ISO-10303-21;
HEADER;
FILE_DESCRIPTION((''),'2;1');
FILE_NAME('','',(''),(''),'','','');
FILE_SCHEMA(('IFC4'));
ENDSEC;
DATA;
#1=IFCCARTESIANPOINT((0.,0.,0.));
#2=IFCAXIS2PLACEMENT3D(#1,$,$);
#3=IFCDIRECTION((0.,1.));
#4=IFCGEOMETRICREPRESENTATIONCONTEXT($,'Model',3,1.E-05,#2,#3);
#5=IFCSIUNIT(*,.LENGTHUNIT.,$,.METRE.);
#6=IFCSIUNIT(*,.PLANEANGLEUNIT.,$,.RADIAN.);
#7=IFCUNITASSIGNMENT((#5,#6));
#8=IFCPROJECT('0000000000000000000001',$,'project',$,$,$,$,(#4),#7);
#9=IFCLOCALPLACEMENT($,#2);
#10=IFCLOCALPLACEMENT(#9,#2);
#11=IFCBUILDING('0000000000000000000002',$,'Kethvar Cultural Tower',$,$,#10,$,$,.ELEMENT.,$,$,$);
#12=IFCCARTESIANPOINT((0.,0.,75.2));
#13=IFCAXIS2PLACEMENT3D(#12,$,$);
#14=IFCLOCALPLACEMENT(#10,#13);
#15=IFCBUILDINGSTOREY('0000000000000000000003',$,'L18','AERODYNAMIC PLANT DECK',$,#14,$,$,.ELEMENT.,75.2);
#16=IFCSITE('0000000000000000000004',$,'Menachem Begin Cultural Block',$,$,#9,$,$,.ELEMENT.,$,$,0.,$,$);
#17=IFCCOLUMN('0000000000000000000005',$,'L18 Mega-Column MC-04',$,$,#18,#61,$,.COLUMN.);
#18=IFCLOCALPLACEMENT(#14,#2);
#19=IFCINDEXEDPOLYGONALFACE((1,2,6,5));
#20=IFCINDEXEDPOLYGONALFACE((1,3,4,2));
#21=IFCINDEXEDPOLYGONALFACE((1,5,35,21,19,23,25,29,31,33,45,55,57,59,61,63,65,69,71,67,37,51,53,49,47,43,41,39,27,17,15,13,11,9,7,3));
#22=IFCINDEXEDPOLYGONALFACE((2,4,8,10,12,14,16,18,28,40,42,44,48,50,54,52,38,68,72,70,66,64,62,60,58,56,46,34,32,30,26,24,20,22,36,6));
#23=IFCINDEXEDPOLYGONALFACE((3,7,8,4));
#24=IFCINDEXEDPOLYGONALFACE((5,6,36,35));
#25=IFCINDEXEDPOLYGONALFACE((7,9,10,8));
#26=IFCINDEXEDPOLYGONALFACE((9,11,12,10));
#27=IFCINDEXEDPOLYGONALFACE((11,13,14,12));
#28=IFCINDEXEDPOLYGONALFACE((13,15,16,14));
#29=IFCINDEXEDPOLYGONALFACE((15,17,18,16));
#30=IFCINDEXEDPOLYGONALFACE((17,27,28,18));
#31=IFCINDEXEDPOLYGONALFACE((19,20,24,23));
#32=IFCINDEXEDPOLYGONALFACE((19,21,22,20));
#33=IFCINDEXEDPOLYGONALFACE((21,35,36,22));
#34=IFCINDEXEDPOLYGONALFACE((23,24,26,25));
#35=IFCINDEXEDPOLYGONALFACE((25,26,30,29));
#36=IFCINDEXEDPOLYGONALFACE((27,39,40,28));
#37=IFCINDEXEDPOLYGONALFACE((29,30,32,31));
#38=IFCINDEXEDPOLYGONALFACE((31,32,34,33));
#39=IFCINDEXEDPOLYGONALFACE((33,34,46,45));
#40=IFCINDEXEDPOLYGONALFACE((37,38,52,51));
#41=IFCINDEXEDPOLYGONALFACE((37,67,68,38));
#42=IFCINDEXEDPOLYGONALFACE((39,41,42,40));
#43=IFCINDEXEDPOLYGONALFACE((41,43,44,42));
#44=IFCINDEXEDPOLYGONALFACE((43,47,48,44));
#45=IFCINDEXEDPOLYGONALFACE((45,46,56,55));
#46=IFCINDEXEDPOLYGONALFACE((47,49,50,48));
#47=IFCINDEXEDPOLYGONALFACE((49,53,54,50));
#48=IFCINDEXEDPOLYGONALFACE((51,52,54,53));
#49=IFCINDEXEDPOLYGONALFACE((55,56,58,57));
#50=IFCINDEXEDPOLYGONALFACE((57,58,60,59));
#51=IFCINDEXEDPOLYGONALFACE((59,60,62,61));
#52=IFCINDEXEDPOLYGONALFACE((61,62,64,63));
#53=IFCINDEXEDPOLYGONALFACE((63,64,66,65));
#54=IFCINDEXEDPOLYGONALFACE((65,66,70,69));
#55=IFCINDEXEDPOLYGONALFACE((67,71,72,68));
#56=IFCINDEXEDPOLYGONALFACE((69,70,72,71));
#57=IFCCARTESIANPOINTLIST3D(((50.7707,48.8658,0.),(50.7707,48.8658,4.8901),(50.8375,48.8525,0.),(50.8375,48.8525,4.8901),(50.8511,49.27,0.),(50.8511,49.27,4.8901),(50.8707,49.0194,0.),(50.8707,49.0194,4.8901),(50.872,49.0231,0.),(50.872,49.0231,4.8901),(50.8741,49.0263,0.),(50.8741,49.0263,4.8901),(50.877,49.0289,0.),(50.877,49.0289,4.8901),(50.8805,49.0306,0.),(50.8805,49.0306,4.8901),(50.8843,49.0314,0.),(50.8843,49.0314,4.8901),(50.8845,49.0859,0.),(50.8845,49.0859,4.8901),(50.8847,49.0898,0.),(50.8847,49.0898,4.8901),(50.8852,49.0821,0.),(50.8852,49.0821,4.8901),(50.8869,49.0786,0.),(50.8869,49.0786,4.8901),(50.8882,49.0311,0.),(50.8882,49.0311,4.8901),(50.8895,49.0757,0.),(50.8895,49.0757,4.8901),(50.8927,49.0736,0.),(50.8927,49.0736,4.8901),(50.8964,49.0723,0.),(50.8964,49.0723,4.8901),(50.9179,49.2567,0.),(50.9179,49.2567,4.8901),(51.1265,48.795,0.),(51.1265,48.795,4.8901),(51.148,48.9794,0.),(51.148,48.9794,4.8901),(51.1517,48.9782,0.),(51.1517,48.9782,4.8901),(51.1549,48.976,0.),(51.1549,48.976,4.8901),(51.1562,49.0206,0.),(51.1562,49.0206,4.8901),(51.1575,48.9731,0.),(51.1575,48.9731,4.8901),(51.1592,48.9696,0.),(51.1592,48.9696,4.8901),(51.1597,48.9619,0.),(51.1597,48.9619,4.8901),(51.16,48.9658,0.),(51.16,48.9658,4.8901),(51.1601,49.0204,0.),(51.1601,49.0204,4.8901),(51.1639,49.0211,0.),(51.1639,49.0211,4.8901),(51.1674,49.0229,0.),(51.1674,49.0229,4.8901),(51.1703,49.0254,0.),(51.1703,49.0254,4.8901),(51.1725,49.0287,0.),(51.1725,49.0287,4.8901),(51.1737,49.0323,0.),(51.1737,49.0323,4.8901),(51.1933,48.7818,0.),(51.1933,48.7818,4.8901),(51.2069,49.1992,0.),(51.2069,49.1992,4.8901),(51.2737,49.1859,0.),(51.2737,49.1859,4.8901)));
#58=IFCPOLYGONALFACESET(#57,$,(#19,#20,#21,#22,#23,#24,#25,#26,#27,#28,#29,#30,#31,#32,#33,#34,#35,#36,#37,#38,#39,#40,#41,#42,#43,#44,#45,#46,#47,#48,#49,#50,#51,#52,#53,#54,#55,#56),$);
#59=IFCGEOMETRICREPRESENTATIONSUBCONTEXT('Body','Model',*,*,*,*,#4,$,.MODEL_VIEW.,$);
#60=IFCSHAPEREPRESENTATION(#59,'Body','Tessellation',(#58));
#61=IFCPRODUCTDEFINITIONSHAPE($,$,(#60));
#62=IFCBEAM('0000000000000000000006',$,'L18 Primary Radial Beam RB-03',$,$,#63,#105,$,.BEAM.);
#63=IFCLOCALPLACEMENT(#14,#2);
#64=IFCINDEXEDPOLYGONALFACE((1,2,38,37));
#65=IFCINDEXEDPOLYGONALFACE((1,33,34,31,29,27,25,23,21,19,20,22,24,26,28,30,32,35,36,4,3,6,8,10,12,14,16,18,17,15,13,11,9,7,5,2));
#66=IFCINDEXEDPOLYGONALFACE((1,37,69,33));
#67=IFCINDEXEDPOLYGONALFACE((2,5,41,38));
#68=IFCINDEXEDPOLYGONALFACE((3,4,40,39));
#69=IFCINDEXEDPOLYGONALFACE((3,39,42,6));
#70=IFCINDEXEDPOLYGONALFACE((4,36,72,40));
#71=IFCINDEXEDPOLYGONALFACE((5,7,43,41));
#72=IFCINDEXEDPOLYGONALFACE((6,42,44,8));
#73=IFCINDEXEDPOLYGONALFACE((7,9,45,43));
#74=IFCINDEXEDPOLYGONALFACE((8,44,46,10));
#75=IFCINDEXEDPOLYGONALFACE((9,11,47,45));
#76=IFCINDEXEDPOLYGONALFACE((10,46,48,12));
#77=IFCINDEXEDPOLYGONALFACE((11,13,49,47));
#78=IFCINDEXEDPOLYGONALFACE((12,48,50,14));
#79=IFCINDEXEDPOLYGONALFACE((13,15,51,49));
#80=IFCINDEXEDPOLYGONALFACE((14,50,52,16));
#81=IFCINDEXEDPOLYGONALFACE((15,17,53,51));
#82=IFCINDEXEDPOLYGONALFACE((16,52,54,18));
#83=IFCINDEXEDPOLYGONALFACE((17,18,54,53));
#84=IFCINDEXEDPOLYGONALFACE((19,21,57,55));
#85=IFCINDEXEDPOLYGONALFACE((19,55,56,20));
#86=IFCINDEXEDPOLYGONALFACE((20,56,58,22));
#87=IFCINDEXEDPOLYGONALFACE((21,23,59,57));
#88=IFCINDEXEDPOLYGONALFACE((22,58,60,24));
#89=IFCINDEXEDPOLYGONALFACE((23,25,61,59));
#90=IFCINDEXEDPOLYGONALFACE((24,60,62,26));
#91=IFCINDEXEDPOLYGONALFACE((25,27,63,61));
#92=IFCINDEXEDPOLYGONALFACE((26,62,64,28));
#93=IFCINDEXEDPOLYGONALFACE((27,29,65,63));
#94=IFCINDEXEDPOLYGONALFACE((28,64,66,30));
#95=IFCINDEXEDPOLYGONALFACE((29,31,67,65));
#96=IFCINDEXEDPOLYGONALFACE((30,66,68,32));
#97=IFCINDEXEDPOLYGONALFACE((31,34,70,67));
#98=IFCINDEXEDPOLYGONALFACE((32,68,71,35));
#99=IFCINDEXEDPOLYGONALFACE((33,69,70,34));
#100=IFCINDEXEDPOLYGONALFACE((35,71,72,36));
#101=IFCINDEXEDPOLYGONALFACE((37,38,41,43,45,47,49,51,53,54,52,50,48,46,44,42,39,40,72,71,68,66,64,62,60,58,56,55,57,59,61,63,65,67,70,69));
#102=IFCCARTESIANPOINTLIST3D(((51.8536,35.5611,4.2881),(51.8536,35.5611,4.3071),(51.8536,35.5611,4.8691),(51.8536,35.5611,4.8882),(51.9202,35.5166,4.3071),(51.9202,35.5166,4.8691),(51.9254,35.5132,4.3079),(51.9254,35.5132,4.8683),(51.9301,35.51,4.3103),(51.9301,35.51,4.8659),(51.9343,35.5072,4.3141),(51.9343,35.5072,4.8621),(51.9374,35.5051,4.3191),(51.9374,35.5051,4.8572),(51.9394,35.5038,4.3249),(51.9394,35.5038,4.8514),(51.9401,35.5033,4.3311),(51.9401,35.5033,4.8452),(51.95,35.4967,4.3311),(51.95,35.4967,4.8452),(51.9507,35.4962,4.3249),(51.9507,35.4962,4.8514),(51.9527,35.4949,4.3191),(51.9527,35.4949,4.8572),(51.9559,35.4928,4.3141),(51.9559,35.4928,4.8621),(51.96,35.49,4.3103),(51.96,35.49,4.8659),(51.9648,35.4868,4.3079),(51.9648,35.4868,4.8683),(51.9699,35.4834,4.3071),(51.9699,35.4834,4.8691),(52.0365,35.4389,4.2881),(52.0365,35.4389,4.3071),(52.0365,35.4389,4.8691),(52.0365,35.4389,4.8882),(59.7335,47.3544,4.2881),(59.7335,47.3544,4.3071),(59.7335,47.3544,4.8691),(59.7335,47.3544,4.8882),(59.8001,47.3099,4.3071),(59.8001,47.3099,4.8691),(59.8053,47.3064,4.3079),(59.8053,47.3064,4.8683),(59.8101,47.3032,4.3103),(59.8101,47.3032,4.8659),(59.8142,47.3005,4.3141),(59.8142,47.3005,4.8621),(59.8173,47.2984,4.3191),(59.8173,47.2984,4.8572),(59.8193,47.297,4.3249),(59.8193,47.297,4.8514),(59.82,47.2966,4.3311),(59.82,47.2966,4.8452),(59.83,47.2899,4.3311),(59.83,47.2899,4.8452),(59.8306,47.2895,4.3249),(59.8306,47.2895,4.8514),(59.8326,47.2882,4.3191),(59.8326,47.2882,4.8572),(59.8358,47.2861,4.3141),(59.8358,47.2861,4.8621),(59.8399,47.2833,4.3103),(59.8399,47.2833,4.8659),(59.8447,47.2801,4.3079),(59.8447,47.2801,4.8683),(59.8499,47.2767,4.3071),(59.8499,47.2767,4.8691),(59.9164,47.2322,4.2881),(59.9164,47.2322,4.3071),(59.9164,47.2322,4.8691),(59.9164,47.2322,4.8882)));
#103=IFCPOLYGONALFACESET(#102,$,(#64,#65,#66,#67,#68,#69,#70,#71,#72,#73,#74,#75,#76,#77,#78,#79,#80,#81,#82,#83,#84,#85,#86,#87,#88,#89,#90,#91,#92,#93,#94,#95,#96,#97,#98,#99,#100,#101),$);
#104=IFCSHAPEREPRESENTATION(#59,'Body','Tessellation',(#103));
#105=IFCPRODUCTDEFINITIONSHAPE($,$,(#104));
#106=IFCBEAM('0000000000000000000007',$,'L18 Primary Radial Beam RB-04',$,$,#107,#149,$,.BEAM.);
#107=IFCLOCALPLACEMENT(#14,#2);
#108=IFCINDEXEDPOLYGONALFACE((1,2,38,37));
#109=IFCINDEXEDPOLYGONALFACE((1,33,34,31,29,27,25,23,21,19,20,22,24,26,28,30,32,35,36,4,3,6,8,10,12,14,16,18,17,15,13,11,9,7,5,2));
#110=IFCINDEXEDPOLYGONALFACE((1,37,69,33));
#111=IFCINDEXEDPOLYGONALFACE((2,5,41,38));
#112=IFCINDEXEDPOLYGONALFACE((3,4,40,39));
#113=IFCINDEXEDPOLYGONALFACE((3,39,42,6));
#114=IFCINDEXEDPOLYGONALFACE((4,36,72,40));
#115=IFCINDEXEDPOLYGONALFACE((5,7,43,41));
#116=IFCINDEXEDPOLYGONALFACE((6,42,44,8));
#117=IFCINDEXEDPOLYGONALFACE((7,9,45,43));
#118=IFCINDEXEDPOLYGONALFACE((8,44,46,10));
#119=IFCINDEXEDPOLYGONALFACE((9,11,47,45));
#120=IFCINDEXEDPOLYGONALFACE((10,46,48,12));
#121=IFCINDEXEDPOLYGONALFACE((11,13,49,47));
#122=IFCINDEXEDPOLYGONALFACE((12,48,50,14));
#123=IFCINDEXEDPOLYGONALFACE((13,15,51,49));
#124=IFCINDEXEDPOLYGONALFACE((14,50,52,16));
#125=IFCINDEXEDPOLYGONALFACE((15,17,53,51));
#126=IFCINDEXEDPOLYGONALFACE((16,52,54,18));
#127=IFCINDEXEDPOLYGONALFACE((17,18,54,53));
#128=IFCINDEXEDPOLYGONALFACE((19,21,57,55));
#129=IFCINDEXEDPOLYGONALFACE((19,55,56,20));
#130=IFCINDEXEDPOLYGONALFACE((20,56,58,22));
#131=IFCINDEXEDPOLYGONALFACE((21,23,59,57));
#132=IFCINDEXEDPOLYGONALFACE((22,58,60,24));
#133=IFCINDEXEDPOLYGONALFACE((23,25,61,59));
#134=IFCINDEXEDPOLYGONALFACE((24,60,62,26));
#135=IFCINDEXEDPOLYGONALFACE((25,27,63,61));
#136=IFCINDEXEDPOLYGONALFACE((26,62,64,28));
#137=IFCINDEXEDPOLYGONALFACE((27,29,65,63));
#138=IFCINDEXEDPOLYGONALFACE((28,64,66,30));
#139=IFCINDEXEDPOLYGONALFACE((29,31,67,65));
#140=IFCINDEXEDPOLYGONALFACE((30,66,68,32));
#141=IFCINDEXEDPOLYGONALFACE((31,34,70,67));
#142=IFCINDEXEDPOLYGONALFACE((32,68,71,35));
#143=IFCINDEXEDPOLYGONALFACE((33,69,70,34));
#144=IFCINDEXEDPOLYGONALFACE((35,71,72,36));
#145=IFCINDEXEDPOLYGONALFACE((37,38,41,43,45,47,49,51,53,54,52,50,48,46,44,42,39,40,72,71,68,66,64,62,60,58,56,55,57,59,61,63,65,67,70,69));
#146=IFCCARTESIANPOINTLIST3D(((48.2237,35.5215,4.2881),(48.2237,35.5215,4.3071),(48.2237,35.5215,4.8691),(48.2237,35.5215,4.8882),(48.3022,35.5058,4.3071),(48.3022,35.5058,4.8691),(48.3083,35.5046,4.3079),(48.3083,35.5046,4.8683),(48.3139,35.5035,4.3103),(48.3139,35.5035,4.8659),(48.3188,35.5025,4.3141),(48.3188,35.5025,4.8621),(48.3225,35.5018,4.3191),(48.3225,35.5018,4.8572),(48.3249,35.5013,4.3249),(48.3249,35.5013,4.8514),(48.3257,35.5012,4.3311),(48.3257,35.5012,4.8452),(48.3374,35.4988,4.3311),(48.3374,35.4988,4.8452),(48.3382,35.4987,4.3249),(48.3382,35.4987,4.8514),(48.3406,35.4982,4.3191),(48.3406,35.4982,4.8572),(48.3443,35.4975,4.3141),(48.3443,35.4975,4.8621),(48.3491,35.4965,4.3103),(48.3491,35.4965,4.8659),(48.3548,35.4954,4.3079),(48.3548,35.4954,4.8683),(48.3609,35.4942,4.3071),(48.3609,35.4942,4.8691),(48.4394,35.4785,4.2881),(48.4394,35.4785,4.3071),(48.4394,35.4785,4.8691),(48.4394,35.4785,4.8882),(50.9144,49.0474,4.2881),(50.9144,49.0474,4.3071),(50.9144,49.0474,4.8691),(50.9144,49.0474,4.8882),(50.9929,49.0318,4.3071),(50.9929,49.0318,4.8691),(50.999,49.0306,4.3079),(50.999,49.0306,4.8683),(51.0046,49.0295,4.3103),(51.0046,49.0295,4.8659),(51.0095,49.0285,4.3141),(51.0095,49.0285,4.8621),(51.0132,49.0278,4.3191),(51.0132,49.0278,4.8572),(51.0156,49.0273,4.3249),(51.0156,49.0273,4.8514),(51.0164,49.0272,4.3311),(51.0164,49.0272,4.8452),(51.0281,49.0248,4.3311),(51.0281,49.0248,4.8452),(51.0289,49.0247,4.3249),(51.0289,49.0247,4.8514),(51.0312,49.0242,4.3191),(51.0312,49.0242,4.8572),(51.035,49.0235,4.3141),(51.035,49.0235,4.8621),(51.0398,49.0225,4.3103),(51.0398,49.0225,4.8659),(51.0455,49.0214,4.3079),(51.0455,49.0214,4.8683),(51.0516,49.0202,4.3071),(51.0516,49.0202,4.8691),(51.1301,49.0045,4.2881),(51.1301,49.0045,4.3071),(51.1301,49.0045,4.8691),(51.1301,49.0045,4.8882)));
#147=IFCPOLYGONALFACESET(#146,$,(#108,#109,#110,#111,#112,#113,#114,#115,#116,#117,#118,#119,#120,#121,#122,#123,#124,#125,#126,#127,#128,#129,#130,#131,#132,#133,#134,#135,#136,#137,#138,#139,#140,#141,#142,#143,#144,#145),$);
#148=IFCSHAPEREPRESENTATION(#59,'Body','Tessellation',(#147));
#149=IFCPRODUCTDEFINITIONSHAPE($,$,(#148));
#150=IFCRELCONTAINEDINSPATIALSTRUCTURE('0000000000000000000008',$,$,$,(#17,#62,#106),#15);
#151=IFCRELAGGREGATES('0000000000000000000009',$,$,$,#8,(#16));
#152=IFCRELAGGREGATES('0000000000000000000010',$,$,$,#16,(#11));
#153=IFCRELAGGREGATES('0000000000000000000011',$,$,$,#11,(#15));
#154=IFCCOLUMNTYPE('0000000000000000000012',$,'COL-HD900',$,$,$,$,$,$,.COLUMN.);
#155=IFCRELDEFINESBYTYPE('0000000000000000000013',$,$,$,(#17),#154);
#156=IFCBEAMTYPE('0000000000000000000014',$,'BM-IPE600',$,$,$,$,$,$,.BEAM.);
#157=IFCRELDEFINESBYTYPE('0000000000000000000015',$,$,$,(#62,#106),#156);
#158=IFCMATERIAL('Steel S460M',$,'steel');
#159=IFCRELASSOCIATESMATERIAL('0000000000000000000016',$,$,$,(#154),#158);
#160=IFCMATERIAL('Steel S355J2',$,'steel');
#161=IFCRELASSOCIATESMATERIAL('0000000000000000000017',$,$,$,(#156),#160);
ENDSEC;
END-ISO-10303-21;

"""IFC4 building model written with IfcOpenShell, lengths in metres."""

from ifc_helpers import new_model, si_unit, direction, frame, origin, origin_2d, place, context, subcontext, project, spatial, i_section, extrude, source, transform, mapped, material, material_profile, profile_set, type_object, element, save


model = new_model("IFC4")

# Units and contexts
model_context = context("Model", 3, precision=1e-05, world=origin(), true_north=direction((0.0, 1.0)))
body_context = subcontext(model_context, "Body", "Model", "MODEL_VIEW")
ifc_project = project(units=[si_unit("LENGTHUNIT", "METRE"), si_unit("PLANEANGLEUNIT", "RADIAN")], contexts=[model_context])

# Site, building, storey
site_placement = place(None, origin())
site = spatial("IfcSite", under=ifc_project, at=site_placement, Name="Menachem Begin Cultural Block", CompositionType="ELEMENT", RefElevation=0.0)
building_placement = place(site_placement, origin())
building = spatial("IfcBuilding", under=site, at=building_placement, Name="Kethvar Cultural Tower", CompositionType="ELEMENT")
storey_placement = place(building_placement, frame((0.0, 0.0, 75.2)))
storey = spatial("IfcBuildingStorey", under=building, at=storey_placement, Name="L18", Description="AERODYNAMIC PLANT DECK", CompositionType="ELEMENT", Elevation=75.2)

# Column
ifc_material_1 = material(Name="Steel S460M", Category="steel")
ifc_material_profile_1 = material_profile(ifc_material_1, i_section(OverallWidth=0.4121, OverallDepth=0.4309, WebThickness=0.042, FlangeThickness=0.0681, FilletRadius=0.0149, at=origin_2d()), Name="Steel S460M — HD400x900")
ifc_profile_set_1 = profile_set([ifc_material_profile_1], Name="Steel S460M — HD400x900")
column_type = type_object("IfcColumnType", Name="COL-HD900", PredefinedType="COLUMN", material=ifc_profile_set_1)
shared_shape_1 = source(origin(), body_context, "Body", "SweptSolid", [
    extrude(i_section(OverallWidth=0.4121, OverallDepth=0.4309, WebThickness=0.042, FlangeThickness=0.0681, FilletRadius=0.0149, at=origin_2d()), origin(), (0.0, 0.0, 1.0), 4.8901),
])
column_placement = place(storey_placement, frame((51.0222, 49.0259, 0.0), z_axis=(0.0, 0.0, 1.0), x_axis=(0.19509, 0.980785, 0.0)))
element("IfcColumn", 1, at=column_placement, inside=storey, type_object=column_type, Name="L18 Mega-Column MC-04", PredefinedType="COLUMN", context=body_context, shape_type="MappedRepresentation", body=[
    mapped(shared_shape_1, transform((0.0, 0.0, 0.0), scale=1.0)),
])

# Beams
ifc_material_2 = material(Name="Steel S355J2", Category="steel")
ifc_material_profile_2 = material_profile(ifc_material_2, i_section(OverallWidth=0.22, OverallDepth=0.6001, WebThickness=0.012, FlangeThickness=0.019, FilletRadius=0.0239, at=origin_2d()), Name="Steel S355J2 — IPE600")
ifc_profile_set_2 = profile_set([ifc_material_profile_2], Name="Steel S355J2 — IPE600")
beam_type_1 = type_object("IfcBeamType", Name="BM-IPE600", PredefinedType="BEAM", material=ifc_profile_set_2)
shared_shape_2 = source(origin(), body_context, "Body", "SweptSolid", [
    extrude(i_section(OverallWidth=0.22, OverallDepth=0.6001, WebThickness=0.012, FlangeThickness=0.019, FilletRadius=0.0239, at=origin_2d()), origin(), (0.0, 0.0, 1.0), 14.1836),
])
beam_1_placement = place(storey_placement, frame((51.9451, 35.5, 4.5881), z_axis=(0.555566, 0.831473, 0.0), x_axis=(-0.831473, 0.555566, 0.0)))
element("IfcBeam", 2, at=beam_1_placement, inside=storey, type_object=beam_type_1, Name="L18 Primary Radial Beam RB-03", PredefinedType="BEAM", context=body_context, shape_type="MappedRepresentation", body=[
    mapped(shared_shape_2, transform((0.0, 0.0, 0.0), scale=1.0)),
])
shared_shape_3 = source(origin(), body_context, "Body", "SweptSolid", [
    extrude(i_section(OverallWidth=0.22, OverallDepth=0.6001, WebThickness=0.012, FlangeThickness=0.019, FilletRadius=0.0239, at=origin_2d()), origin(), (0.0, 0.0, 1.0), 13.791),
])
beam_2_placement = place(storey_placement, frame((48.3315, 35.5, 4.5881), z_axis=(0.195105, 0.980782, 0.0), x_axis=(-0.980782, 0.195105, 0.0)))
element("IfcBeam", 3, at=beam_2_placement, inside=storey, type_object=beam_type_1, Name="L18 Primary Radial Beam RB-04", PredefinedType="BEAM", context=body_context, shape_type="MappedRepresentation", body=[
    mapped(shared_shape_3, transform((0.0, 0.0, 0.0), scale=1.0)),
])

save(model, "model.ifc")
